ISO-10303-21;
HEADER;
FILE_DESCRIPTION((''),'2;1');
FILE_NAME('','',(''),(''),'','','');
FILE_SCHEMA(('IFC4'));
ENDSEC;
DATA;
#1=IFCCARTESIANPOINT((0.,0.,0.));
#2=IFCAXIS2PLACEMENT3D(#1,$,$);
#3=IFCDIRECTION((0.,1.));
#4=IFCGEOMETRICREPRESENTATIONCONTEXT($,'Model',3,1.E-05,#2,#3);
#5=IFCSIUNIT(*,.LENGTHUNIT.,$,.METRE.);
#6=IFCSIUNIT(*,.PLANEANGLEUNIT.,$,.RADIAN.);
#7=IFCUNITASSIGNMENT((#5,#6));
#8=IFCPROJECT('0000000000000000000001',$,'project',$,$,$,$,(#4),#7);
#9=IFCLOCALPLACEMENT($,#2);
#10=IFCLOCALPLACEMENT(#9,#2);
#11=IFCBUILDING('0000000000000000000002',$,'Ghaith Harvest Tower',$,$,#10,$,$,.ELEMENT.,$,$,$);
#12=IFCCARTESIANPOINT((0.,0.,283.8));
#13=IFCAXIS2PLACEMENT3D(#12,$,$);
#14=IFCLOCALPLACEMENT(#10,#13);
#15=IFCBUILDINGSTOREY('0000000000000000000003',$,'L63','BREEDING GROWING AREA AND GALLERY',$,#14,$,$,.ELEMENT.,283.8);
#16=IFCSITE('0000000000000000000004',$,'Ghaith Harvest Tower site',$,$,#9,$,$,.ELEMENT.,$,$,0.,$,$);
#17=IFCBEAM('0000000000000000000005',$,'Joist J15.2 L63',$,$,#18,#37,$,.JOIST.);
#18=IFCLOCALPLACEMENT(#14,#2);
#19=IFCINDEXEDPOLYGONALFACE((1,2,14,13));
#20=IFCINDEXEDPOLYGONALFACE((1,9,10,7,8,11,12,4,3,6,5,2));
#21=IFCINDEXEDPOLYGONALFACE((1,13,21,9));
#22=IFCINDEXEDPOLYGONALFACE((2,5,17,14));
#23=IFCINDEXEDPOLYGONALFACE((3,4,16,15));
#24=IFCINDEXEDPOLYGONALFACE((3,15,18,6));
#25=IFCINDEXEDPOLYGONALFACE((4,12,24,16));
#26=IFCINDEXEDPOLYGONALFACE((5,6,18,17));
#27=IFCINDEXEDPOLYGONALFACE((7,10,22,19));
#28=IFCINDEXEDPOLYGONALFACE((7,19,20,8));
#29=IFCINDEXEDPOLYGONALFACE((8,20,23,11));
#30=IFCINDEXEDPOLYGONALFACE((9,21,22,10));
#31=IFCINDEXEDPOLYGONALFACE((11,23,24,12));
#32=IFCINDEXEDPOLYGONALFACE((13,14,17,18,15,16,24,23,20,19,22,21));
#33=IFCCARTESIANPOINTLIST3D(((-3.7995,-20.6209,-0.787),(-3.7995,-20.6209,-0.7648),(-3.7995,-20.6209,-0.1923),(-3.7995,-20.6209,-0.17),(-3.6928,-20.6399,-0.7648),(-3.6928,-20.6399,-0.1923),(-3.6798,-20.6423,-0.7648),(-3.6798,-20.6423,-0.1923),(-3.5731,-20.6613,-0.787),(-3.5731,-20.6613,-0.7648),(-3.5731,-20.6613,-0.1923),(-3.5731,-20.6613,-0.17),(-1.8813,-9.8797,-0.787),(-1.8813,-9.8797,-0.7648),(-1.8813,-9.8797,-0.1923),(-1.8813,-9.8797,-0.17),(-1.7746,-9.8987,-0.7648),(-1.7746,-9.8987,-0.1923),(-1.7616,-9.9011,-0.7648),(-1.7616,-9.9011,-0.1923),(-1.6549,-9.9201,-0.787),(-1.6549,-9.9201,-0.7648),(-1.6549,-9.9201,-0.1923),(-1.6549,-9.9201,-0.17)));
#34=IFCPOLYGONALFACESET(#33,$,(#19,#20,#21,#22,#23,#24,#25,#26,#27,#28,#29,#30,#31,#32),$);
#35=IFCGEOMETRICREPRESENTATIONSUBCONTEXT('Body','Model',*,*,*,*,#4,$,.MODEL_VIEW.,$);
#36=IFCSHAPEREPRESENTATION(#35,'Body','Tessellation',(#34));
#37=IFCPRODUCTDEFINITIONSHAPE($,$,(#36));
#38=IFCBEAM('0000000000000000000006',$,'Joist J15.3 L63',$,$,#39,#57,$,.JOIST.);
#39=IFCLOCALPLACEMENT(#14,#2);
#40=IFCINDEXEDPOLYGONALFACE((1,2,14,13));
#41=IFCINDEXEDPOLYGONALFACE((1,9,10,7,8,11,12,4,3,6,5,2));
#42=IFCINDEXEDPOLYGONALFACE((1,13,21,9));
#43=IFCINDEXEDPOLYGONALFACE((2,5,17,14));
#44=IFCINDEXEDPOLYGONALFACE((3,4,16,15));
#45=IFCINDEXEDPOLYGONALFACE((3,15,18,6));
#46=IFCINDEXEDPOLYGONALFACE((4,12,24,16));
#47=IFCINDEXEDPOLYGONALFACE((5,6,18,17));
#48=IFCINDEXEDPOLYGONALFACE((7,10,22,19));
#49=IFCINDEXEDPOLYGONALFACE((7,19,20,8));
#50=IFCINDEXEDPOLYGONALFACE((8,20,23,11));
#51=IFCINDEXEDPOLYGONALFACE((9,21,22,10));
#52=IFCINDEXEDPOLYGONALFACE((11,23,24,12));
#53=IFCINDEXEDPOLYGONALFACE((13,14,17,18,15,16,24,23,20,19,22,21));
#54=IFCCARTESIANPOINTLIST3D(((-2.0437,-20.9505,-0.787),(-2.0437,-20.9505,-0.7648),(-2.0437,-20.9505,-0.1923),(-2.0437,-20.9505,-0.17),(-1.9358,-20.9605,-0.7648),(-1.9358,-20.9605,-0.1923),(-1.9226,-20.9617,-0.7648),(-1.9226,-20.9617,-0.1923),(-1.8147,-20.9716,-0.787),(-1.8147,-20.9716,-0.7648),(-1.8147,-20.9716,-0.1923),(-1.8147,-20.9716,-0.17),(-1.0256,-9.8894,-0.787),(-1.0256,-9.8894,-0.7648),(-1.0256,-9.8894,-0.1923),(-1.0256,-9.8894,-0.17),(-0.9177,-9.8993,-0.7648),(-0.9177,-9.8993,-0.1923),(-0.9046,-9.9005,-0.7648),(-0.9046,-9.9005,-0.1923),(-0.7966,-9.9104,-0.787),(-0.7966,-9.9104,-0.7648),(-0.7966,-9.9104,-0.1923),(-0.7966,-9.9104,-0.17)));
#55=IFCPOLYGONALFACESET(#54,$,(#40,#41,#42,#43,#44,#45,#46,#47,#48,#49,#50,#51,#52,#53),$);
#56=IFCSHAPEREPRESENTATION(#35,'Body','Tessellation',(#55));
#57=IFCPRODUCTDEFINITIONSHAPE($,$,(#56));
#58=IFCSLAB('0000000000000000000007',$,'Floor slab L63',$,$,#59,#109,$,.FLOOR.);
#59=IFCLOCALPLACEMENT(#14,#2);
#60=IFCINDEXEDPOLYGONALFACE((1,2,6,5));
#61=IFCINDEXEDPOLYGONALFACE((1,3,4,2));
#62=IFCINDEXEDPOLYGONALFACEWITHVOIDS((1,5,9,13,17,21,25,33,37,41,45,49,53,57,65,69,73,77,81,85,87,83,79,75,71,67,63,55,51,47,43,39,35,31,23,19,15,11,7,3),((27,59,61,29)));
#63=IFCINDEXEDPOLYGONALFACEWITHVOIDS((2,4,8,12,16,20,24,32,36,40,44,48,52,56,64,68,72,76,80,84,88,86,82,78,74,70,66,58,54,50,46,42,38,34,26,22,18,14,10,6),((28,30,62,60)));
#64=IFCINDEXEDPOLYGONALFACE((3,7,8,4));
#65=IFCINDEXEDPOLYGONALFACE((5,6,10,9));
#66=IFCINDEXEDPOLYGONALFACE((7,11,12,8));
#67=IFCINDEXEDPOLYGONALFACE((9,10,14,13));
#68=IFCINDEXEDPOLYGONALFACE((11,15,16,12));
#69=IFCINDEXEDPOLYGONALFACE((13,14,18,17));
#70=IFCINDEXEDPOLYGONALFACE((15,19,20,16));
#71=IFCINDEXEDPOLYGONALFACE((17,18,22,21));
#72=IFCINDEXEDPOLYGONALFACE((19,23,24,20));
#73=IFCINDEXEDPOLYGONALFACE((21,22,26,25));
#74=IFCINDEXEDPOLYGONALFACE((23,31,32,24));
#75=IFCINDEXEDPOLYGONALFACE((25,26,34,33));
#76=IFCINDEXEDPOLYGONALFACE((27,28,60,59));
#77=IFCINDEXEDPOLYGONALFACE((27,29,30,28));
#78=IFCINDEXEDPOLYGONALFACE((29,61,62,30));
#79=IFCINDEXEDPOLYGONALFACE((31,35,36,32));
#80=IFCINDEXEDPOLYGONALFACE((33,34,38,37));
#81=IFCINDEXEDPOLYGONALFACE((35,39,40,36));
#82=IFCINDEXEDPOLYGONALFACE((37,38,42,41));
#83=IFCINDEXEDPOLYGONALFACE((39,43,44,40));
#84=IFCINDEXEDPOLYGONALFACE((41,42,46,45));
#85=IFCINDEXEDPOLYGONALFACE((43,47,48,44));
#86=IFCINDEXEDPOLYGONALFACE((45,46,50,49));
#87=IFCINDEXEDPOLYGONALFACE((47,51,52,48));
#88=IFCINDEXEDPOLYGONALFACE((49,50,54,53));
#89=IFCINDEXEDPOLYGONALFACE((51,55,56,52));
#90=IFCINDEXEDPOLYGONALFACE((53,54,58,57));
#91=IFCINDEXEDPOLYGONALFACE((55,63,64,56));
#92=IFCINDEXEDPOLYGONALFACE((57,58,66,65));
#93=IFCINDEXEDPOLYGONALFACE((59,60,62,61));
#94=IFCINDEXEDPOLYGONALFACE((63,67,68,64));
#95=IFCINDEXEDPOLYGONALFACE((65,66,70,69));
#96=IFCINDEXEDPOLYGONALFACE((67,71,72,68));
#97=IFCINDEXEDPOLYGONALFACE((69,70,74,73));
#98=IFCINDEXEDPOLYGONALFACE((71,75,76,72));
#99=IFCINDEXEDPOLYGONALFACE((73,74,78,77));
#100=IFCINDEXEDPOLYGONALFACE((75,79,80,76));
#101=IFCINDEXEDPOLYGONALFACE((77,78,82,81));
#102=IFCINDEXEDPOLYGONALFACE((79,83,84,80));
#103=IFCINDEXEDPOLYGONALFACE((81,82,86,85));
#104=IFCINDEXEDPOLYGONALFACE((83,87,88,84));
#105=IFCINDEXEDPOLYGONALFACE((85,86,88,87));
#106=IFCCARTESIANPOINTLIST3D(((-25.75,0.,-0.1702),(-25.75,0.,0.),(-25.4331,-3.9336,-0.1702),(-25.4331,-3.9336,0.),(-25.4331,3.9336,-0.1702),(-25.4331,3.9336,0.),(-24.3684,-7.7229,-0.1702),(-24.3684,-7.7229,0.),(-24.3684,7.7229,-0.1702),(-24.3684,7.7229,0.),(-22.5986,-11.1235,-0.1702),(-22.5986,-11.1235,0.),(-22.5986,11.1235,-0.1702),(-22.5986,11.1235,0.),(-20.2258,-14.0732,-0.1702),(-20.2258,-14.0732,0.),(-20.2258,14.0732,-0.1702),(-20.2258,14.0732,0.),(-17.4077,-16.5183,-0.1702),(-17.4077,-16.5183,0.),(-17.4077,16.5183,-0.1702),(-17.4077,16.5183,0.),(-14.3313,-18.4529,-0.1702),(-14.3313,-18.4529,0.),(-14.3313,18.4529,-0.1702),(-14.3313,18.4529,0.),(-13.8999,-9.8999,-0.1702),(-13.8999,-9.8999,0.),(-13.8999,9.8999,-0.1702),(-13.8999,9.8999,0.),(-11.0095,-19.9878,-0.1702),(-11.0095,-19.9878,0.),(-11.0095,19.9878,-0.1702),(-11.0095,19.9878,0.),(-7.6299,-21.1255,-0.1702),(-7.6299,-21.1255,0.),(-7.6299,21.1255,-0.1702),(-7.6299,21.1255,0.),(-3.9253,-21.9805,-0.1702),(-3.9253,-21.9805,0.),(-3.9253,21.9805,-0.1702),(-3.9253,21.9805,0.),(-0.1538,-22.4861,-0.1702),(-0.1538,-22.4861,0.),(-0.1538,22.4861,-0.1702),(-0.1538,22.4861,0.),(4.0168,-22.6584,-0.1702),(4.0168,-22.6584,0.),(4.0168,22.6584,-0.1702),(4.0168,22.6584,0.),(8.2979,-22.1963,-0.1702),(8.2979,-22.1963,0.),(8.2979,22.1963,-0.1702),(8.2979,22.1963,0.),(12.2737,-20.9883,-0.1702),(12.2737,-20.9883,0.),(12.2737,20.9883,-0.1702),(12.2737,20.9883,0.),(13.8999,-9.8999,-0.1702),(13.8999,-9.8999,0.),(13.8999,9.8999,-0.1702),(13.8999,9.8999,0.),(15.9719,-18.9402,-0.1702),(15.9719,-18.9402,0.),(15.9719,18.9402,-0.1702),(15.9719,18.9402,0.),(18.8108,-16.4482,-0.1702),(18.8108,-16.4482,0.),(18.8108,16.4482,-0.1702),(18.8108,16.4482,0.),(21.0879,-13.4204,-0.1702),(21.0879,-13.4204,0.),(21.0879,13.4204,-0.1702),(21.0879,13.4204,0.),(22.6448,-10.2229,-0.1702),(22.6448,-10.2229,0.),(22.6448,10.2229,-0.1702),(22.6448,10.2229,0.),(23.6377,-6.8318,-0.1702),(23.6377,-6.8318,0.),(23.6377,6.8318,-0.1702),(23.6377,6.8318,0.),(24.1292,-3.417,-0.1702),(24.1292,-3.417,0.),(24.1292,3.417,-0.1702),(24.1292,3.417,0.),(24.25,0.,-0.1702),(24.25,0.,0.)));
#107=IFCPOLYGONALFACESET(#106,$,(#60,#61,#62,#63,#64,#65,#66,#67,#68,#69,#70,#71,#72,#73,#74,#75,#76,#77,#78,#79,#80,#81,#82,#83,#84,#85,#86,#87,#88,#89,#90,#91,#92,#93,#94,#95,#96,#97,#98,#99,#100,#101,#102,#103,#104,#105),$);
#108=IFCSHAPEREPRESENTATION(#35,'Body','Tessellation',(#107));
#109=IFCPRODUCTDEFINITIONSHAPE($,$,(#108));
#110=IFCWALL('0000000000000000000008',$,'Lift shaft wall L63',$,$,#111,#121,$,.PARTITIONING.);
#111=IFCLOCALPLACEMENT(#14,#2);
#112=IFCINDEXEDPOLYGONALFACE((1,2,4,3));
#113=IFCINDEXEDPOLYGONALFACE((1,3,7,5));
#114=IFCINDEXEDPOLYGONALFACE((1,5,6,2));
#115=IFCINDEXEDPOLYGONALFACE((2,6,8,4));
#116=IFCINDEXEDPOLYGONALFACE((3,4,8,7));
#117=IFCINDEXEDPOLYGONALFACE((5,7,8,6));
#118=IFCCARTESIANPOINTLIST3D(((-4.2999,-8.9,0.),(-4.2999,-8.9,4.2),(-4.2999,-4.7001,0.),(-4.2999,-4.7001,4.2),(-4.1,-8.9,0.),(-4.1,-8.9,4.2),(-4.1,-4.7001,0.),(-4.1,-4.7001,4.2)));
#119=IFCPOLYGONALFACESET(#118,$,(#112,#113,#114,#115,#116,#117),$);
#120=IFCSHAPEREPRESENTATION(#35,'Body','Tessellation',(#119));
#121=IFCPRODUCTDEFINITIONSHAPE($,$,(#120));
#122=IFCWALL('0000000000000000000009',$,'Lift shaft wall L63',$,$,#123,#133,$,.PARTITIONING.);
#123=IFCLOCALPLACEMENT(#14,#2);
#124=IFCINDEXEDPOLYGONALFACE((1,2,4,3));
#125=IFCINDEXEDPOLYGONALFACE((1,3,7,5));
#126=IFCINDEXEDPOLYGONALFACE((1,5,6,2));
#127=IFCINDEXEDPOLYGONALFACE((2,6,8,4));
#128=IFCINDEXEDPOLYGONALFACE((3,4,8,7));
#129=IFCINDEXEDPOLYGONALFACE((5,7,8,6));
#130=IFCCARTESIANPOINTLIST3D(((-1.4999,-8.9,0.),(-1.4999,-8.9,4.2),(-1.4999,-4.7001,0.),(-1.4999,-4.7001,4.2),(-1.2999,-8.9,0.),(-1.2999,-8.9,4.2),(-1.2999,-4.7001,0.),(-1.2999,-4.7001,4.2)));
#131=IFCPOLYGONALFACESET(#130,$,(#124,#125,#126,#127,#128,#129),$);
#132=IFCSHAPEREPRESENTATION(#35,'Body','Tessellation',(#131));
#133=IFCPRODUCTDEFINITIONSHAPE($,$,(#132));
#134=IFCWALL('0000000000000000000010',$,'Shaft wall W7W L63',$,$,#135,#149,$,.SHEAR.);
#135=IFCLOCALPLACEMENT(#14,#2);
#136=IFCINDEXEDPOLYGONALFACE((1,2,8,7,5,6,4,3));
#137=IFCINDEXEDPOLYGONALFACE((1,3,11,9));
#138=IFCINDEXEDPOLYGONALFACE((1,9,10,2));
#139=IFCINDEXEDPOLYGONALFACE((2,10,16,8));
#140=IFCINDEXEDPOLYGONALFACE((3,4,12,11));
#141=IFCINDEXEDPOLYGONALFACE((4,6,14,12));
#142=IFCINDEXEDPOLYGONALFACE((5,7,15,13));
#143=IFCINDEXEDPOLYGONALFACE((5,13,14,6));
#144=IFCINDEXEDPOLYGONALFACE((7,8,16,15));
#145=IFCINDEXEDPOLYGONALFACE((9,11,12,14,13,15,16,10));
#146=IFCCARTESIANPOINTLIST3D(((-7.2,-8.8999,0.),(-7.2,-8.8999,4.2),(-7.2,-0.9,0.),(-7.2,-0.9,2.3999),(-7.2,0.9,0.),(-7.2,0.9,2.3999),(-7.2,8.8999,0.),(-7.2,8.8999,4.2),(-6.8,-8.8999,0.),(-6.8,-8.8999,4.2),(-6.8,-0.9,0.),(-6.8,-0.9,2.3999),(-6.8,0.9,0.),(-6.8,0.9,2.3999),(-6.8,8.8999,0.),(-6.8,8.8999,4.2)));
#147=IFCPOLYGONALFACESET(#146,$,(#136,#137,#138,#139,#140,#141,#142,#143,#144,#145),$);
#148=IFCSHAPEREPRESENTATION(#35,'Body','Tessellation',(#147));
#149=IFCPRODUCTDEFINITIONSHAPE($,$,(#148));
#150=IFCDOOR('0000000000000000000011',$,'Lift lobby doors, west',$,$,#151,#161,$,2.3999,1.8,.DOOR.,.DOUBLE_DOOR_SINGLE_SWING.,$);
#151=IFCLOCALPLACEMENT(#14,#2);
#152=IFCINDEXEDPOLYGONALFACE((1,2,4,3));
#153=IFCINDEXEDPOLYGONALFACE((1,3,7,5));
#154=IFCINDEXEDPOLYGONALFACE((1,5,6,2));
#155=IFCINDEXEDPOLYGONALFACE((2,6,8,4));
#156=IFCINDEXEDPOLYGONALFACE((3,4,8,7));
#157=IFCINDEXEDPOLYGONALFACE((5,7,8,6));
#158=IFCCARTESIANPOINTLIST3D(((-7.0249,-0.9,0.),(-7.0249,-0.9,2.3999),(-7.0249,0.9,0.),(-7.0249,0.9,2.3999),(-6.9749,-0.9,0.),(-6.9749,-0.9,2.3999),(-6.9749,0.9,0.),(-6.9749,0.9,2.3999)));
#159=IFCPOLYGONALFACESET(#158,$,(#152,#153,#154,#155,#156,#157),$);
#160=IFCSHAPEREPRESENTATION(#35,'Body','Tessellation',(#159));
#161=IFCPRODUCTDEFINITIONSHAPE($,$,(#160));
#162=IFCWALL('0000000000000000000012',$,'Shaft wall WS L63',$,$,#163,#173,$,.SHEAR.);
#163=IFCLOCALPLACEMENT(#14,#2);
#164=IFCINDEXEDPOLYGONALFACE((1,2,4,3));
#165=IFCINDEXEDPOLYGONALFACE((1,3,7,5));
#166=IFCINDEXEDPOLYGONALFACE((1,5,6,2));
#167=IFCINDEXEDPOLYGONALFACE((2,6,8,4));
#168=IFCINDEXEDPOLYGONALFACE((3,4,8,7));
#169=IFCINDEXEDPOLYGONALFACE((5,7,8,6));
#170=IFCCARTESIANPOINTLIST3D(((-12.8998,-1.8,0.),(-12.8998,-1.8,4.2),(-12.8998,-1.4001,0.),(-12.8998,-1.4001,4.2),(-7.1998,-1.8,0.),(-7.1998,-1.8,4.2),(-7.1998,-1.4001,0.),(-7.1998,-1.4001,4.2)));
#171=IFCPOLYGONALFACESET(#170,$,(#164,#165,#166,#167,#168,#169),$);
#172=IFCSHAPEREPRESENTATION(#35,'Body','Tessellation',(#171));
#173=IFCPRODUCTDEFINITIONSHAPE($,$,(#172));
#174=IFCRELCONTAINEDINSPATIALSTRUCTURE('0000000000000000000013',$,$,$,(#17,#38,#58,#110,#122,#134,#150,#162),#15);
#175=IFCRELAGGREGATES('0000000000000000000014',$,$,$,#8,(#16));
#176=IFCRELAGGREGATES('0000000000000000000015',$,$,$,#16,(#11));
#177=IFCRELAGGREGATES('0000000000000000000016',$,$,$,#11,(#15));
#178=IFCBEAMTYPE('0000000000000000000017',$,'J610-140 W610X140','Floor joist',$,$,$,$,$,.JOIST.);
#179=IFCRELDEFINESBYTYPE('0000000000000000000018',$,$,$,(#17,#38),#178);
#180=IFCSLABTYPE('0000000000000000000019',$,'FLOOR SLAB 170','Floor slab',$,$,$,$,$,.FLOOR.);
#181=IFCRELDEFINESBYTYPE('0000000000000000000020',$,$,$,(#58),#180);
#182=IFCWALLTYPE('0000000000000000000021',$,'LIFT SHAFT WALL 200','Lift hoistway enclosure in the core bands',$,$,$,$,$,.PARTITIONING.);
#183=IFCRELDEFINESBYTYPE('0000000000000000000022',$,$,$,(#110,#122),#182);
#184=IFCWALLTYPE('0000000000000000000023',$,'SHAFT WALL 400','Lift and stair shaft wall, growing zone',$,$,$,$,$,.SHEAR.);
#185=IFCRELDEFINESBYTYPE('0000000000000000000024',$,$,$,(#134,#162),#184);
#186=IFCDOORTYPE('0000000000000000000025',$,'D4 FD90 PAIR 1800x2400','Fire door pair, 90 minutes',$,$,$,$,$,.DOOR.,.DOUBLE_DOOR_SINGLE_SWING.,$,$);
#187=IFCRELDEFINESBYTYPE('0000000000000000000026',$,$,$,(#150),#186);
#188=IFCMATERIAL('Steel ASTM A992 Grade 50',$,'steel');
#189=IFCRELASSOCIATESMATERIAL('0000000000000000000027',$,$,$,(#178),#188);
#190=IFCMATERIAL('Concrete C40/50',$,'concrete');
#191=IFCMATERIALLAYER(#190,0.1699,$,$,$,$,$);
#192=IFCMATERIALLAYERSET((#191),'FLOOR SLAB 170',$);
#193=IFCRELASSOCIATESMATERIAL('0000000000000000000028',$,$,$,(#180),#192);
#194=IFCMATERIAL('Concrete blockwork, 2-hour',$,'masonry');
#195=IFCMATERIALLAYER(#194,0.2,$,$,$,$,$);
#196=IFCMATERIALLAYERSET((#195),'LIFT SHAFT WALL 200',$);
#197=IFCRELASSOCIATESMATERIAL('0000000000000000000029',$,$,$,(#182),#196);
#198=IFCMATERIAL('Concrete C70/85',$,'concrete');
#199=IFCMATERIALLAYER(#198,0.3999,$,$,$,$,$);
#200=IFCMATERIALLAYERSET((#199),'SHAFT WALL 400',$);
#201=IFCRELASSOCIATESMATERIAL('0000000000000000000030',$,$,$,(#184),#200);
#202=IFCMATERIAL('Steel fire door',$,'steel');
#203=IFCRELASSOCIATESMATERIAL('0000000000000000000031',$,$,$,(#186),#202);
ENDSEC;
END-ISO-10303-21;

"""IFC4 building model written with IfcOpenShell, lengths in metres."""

from ifc_helpers import new_model, si_unit, direction, frame, frame_2d, origin, origin_2d, place, context, subcontext, project, spatial, polyline, rectangle, i_section, outline, extrude, material, layer, layer_set, material_profile, profile_set, type_object, element, fill, save


model = new_model("IFC4")

# Units and contexts
model_context = context("Model", 3, precision=1e-05, world=origin(), true_north=direction((0.0, 1.0)))
body_context = subcontext(model_context, "Body", "Model", "MODEL_VIEW")
ifc_project = project(units=[si_unit("LENGTHUNIT", "METRE"), si_unit("PLANEANGLEUNIT", "RADIAN")], contexts=[model_context])

# Site, building, storey
site_placement = place(None, origin())
site = spatial("IfcSite", under=ifc_project, at=site_placement, Name="Ghaith Harvest Tower site", CompositionType="ELEMENT", RefElevation=0.0)
building_placement = place(site_placement, origin())
building = spatial("IfcBuilding", under=site, at=building_placement, Name="Ghaith Harvest Tower", CompositionType="ELEMENT")
storey_placement = place(building_placement, frame((0.0, 0.0, 283.8)))
storey = spatial("IfcBuildingStorey", under=building, at=storey_placement, Name="L63", Description="BREEDING GROWING AREA AND GALLERY", CompositionType="ELEMENT", Elevation=283.8)

# Beams
ifc_material_1 = material(Name="Steel ASTM A992 Grade 50", Category="steel")
ifc_material_profile_1 = material_profile(ifc_material_1, i_section(OverallWidth=0.23, OverallDepth=0.6169, WebThickness=0.0132, FlangeThickness=0.0222, at=origin_2d()), Name="W610X140")
ifc_profile_set_1 = profile_set([ifc_material_profile_1], Name="Steel ASTM A992 Grade 50")
beam_type_1 = type_object("IfcBeamType", Name="J610-140 W610X140", Description="Floor joist", PredefinedType="JOIST", material=ifc_profile_set_1)
beam_1_placement = place(storey_placement, frame((-1.7681, -9.8999, -0.4785), z_axis=(-0.175803, -0.984425, 0.0), x_axis=(0.984425, -0.175803, 0.0)))
element("IfcBeam", 1, at=beam_1_placement, inside=storey, type_object=beam_type_1, Name="Joist J15.2 L63", PredefinedType="JOIST", context=body_context, shape_type="SweptSolid", body=[
    extrude(i_section(OverallWidth=0.23, OverallDepth=0.6169, WebThickness=0.0132, FlangeThickness=0.0222, at=origin_2d()), origin(), (0.0, 0.0, 1.0), 10.9111),
])
beam_2_placement = place(storey_placement, frame((-0.9111, -9.8999, -0.4785), z_axis=(-0.091651, -0.995791, 0.0), x_axis=(0.995791, -0.091651, 0.0)))
element("IfcBeam", 2, at=beam_2_placement, inside=storey, type_object=beam_type_1, Name="Joist J15.3 L63", PredefinedType="JOIST", context=body_context, shape_type="SweptSolid", body=[
    extrude(i_section(OverallWidth=0.23, OverallDepth=0.6169, WebThickness=0.0132, FlangeThickness=0.0222, at=origin_2d()), origin(), (0.0, 0.0, 1.0), 11.1079),
])

# Slab
ifc_material_2 = material(Name="Concrete C40/50", Category="concrete")
ifc_layer_1 = layer(ifc_material_2, 0.1699)
ifc_layer_set_1 = layer_set([ifc_layer_1], Name="FLOOR SLAB 170")
slab_type = type_object("IfcSlabType", Name="FLOOR SLAB 170", Description="Floor slab", PredefinedType="FLOOR", material=ifc_layer_set_1)
slab_placement = place(storey_placement, frame((0.0, 0.0, -0.1702)))
element("IfcSlab", 3, at=slab_placement, inside=storey, type_object=slab_type, Name="Floor slab L63", PredefinedType="FLOOR", context=body_context, shape_type="SweptSolid", body=[
    extrude(outline(polyline([(24.25, 0.0), (24.1292, 3.417), (23.6377, 6.8318), (22.6448, 10.2229), (21.0879, 13.4204), (18.8108, 16.4482), (15.9719, 18.9402), (12.2737, 20.9883), (8.2979, 22.1963), (4.0168, 22.6584), (-0.1538, 22.4861), (-3.9253, 21.9805), (-7.6299, 21.1255), (-11.0095, 19.9878), (-14.3313, 18.4529), (-17.4077, 16.5183), (-20.2258, 14.0732), (-22.5986, 11.1235), (-24.3684, 7.7229), (-25.4331, 3.9336), (-25.75, 0.0), (-25.4331, -3.9336), (-24.3684, -7.7229), (-22.5986, -11.1235), (-20.2258, -14.0732), (-17.4077, -16.5183), (-14.3313, -18.4529), (-11.0095, -19.9878), (-7.6299, -21.1255), (-3.9253, -21.9805), (-0.1538, -22.4861), (4.0168, -22.6584), (8.2979, -22.1963), (12.2737, -20.9883), (15.9719, -18.9402), (18.8108, -16.4482), (21.0879, -13.4204), (22.6448, -10.2229), (23.6377, -6.8318), (24.1292, -3.417), (24.25, 0.0)]), holes=[polyline([(-13.8999, -9.8999), (13.8999, -9.8999), (13.8999, 9.8999), (-13.8999, 9.8999), (-13.8999, -9.8999)])]), origin(), (0.0, 0.0, 1.0), 0.1702),
])

# Walls
ifc_material_3 = material(Name="Concrete blockwork, 2-hour", Category="masonry")
ifc_layer_2 = layer(ifc_material_3, 0.2)
ifc_layer_set_2 = layer_set([ifc_layer_2], Name="LIFT SHAFT WALL 200")
wall_type_1 = type_object("IfcWallType", Name="LIFT SHAFT WALL 200", Description="Lift hoistway enclosure in the core bands", PredefinedType="PARTITIONING", material=ifc_layer_set_2)
for number, where, z_axis, x_axis, name in (
    (4, (-4.2, -4.7, 0.0), (0.0, 0.0, 1.0), (0.0, -1.0, 0.0), "Lift shaft wall L63"),
    (5, (-1.3999, -4.7, 0.0), (0.0, 0.0, 1.0), (0.0, -1.0, 0.0), "Lift shaft wall L63"),
):
    element("IfcWall", number, at=place(storey_placement, frame(where, z_axis=z_axis, x_axis=x_axis)), inside=storey, type_object=wall_type_1, Name=name, PredefinedType="PARTITIONING", context=body_context, shape_type="SweptSolid", body=[
        extrude(rectangle(XDim=4.2, YDim=0.2, at=frame_2d((2.1001, 0.0))), origin(), (0.0, 0.0, 1.0), 4.2),
    ])

# Wall, opening, door
ifc_material_4 = material(Name="Concrete C70/85", Category="concrete")
ifc_layer_3 = layer(ifc_material_4, 0.3999)
ifc_layer_set_3 = layer_set([ifc_layer_3], Name="SHAFT WALL 400")
wall_type_2 = type_object("IfcWallType", Name="SHAFT WALL 400", Description="Lift and stair shaft wall, growing zone", PredefinedType="SHEAR", material=ifc_layer_set_3)
wall_1_placement = place(storey_placement, frame((-7.0, -8.8999, 0.0), z_axis=(0.0, 0.0, 1.0), x_axis=(0.0, 1.0, 0.0)))
wall_1 = element("IfcWall", 6, at=wall_1_placement, inside=storey, type_object=wall_type_2, Name="Shaft wall W7W L63", PredefinedType="SHEAR", context=body_context, shape_type="SweptSolid", body=[
    extrude(rectangle(XDim=17.7998, YDim=0.3999, at=frame_2d((8.8999, 0.0))), origin(), (0.0, 0.0, 1.0), 4.2),
])
opening_1_placement = place(wall_1_placement, frame((8.0, 0.0, 0.0)))
opening_1 = element("IfcOpeningElement", 7, at=opening_1_placement, cuts=wall_1, PredefinedType="OPENING", context=body_context, shape_type="SweptSolid", body=[
    extrude(rectangle(XDim=1.8, YDim=2.3999, at=frame_2d((0.8999, 1.2))), frame((0.0, 0.21, 0.0), z_axis=(0.0, -1.0, 0.0), x_axis=(1.0, 0.0, 0.0)), (0.0, 0.0, 1.0), 0.4199),
])
ifc_material_5 = material(Name="Steel fire door", Category="steel")
door_type_1 = type_object("IfcDoorType", Name="D4 FD90 PAIR 1800x2400", Description="Fire door pair, 90 minutes", OperationType="DOUBLE_DOOR_SINGLE_SWING", PredefinedType="DOOR", material=ifc_material_5)
door_1_placement = place(opening_1_placement, origin())
door_1 = element("IfcDoor", 8, at=door_1_placement, inside=storey, type_object=door_type_1, Name="Lift lobby doors, west", OperationType="DOUBLE_DOOR_SINGLE_SWING", OverallHeight=2.3999, OverallWidth=1.8, PredefinedType="DOOR", context=body_context, shape_type="SweptSolid", body=[
    extrude(rectangle(XDim=1.8, YDim=2.3999, at=frame_2d((0.8999, 1.2))), frame((0.0, 0.0249, 0.0), z_axis=(0.0, -1.0, 0.0), x_axis=(1.0, 0.0, 0.0)), (0.0, 0.0, 1.0), 0.05),
])
fill(opening_1, door_1)

# Wall
wall_2_placement = place(storey_placement, frame((-12.8999, -1.6001, 0.0), z_axis=(0.0, 0.0, 1.0), x_axis=(1.0, 0.0, 0.0)))
element("IfcWall", 9, at=wall_2_placement, inside=storey, type_object=wall_type_2, Name="Shaft wall WS L63", PredefinedType="SHEAR", context=body_context, shape_type="SweptSolid", body=[
    extrude(rectangle(XDim=5.7, YDim=0.3999, at=frame_2d((2.8501, 0.0))), origin(), (0.0, 0.0, 1.0), 4.2),
])

save(model, "model.ifc")
